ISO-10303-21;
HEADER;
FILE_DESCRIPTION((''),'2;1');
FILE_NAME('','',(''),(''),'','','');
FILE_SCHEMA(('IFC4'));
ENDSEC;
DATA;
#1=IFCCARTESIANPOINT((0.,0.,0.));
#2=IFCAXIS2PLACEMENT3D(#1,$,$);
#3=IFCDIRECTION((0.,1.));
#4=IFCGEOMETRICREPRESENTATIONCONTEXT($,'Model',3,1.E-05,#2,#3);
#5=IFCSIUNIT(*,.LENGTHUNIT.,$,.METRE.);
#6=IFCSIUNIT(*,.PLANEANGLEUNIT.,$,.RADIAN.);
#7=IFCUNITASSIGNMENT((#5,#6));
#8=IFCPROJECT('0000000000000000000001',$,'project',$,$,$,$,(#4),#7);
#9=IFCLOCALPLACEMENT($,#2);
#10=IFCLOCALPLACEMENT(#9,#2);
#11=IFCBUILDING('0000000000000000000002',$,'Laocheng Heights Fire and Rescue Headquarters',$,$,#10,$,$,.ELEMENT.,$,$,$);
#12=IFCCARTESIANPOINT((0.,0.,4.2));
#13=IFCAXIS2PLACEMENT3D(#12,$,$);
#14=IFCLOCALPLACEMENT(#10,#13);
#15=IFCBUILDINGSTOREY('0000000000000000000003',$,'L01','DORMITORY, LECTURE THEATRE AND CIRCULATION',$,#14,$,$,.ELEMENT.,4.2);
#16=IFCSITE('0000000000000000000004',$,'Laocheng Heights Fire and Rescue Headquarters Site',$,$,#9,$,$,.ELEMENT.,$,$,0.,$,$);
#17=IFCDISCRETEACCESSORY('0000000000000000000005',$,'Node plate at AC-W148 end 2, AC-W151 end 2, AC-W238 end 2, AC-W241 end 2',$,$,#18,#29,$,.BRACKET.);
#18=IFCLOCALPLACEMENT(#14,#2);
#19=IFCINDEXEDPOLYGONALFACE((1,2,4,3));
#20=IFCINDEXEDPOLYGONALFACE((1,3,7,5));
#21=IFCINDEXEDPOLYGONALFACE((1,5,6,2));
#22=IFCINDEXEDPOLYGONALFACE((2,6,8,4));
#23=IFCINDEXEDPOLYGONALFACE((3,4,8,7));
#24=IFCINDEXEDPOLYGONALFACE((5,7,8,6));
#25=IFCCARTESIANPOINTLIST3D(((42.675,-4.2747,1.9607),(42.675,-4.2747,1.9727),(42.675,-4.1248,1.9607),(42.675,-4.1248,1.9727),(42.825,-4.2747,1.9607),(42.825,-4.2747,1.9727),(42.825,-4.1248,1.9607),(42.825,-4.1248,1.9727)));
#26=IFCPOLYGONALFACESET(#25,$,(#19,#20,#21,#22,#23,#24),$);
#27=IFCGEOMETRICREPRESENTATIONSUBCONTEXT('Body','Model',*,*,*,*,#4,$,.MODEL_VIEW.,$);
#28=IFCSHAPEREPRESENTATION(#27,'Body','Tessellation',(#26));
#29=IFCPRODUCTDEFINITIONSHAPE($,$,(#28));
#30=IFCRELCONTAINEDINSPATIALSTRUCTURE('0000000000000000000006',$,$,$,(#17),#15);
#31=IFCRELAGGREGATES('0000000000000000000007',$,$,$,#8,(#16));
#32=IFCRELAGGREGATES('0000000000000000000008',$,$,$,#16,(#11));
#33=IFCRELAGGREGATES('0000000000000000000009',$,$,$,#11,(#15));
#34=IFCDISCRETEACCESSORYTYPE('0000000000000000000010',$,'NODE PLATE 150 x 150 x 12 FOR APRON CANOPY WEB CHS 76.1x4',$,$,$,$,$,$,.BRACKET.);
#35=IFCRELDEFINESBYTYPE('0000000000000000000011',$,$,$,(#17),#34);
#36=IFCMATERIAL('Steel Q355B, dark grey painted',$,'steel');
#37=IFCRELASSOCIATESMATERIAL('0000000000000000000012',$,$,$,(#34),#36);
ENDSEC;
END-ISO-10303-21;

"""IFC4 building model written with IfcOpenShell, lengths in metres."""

from ifc_helpers import new_model, si_unit, direction, frame, origin, origin_2d, place, context, subcontext, project, spatial, rectangle, extrude, material, material_profile, profile_set, type_object, element, save


model = new_model("IFC4")

# Units and contexts
model_context = context("Model", 3, precision=1e-05, world=origin(), true_north=direction((0.0, 1.0)))
body_context = subcontext(model_context, "Body", "Model", "MODEL_VIEW")
ifc_project = project(units=[si_unit("LENGTHUNIT", "METRE"), si_unit("PLANEANGLEUNIT", "RADIAN")], contexts=[model_context])

# Site, building, storey
site_placement = place(None, origin())
site = spatial("IfcSite", under=ifc_project, at=site_placement, Name="Laocheng Heights Fire and Rescue Headquarters Site", CompositionType="ELEMENT", RefElevation=0.0)
building_placement = place(site_placement, origin())
building = spatial("IfcBuilding", under=site, at=building_placement, Name="Laocheng Heights Fire and Rescue Headquarters", CompositionType="ELEMENT")
storey_placement = place(building_placement, frame((0.0, 0.0, 4.2)))
storey = spatial("IfcBuildingStorey", under=building, at=storey_placement, Name="L01", Description="DORMITORY, LECTURE THEATRE AND CIRCULATION", CompositionType="ELEMENT", Elevation=4.2)

# Discrete accessory
ifc_material_1 = material(Name="Steel Q355B, dark grey painted", Category="steel")
ifc_material_profile_1 = material_profile(ifc_material_1, rectangle(XDim=0.1499, YDim=0.1499, at=origin_2d()), Name="NODE PLATE 150 x 150 x 12 FOR APRON CANOPY WEB CHS 76.1x4")
ifc_profile_set_1 = profile_set([ifc_material_profile_1], Name="Steel Q355B, dark grey painted")
discrete_accessory_type = type_object("IfcDiscreteAccessoryType", Name="NODE PLATE 150 x 150 x 12 FOR APRON CANOPY WEB CHS 76.1x4", PredefinedType="BRACKET", material=ifc_profile_set_1)
for number, where, z_axis, x_axis, name in (
    (1, (42.75, -4.1997, 1.9727), (0.0, 0.0, -1.0), (1.0, 0.0, 0.0), "Node plate at AC-W148 end 2, AC-W151 end 2, AC-W238 end 2, AC-W241 end 2"),
):
    element("IfcDiscreteAccessory", number, at=place(storey_placement, frame(where, z_axis=z_axis, x_axis=x_axis)), inside=storey, type_object=discrete_accessory_type, Name=name, PredefinedType="BRACKET", context=body_context, shape_type="SweptSolid", body=[
        extrude(rectangle(XDim=0.1499, YDim=0.1499, at=origin_2d()), origin(), (0.0, 0.0, 1.0), 0.012),
    ])

save(model, "model.ifc")
